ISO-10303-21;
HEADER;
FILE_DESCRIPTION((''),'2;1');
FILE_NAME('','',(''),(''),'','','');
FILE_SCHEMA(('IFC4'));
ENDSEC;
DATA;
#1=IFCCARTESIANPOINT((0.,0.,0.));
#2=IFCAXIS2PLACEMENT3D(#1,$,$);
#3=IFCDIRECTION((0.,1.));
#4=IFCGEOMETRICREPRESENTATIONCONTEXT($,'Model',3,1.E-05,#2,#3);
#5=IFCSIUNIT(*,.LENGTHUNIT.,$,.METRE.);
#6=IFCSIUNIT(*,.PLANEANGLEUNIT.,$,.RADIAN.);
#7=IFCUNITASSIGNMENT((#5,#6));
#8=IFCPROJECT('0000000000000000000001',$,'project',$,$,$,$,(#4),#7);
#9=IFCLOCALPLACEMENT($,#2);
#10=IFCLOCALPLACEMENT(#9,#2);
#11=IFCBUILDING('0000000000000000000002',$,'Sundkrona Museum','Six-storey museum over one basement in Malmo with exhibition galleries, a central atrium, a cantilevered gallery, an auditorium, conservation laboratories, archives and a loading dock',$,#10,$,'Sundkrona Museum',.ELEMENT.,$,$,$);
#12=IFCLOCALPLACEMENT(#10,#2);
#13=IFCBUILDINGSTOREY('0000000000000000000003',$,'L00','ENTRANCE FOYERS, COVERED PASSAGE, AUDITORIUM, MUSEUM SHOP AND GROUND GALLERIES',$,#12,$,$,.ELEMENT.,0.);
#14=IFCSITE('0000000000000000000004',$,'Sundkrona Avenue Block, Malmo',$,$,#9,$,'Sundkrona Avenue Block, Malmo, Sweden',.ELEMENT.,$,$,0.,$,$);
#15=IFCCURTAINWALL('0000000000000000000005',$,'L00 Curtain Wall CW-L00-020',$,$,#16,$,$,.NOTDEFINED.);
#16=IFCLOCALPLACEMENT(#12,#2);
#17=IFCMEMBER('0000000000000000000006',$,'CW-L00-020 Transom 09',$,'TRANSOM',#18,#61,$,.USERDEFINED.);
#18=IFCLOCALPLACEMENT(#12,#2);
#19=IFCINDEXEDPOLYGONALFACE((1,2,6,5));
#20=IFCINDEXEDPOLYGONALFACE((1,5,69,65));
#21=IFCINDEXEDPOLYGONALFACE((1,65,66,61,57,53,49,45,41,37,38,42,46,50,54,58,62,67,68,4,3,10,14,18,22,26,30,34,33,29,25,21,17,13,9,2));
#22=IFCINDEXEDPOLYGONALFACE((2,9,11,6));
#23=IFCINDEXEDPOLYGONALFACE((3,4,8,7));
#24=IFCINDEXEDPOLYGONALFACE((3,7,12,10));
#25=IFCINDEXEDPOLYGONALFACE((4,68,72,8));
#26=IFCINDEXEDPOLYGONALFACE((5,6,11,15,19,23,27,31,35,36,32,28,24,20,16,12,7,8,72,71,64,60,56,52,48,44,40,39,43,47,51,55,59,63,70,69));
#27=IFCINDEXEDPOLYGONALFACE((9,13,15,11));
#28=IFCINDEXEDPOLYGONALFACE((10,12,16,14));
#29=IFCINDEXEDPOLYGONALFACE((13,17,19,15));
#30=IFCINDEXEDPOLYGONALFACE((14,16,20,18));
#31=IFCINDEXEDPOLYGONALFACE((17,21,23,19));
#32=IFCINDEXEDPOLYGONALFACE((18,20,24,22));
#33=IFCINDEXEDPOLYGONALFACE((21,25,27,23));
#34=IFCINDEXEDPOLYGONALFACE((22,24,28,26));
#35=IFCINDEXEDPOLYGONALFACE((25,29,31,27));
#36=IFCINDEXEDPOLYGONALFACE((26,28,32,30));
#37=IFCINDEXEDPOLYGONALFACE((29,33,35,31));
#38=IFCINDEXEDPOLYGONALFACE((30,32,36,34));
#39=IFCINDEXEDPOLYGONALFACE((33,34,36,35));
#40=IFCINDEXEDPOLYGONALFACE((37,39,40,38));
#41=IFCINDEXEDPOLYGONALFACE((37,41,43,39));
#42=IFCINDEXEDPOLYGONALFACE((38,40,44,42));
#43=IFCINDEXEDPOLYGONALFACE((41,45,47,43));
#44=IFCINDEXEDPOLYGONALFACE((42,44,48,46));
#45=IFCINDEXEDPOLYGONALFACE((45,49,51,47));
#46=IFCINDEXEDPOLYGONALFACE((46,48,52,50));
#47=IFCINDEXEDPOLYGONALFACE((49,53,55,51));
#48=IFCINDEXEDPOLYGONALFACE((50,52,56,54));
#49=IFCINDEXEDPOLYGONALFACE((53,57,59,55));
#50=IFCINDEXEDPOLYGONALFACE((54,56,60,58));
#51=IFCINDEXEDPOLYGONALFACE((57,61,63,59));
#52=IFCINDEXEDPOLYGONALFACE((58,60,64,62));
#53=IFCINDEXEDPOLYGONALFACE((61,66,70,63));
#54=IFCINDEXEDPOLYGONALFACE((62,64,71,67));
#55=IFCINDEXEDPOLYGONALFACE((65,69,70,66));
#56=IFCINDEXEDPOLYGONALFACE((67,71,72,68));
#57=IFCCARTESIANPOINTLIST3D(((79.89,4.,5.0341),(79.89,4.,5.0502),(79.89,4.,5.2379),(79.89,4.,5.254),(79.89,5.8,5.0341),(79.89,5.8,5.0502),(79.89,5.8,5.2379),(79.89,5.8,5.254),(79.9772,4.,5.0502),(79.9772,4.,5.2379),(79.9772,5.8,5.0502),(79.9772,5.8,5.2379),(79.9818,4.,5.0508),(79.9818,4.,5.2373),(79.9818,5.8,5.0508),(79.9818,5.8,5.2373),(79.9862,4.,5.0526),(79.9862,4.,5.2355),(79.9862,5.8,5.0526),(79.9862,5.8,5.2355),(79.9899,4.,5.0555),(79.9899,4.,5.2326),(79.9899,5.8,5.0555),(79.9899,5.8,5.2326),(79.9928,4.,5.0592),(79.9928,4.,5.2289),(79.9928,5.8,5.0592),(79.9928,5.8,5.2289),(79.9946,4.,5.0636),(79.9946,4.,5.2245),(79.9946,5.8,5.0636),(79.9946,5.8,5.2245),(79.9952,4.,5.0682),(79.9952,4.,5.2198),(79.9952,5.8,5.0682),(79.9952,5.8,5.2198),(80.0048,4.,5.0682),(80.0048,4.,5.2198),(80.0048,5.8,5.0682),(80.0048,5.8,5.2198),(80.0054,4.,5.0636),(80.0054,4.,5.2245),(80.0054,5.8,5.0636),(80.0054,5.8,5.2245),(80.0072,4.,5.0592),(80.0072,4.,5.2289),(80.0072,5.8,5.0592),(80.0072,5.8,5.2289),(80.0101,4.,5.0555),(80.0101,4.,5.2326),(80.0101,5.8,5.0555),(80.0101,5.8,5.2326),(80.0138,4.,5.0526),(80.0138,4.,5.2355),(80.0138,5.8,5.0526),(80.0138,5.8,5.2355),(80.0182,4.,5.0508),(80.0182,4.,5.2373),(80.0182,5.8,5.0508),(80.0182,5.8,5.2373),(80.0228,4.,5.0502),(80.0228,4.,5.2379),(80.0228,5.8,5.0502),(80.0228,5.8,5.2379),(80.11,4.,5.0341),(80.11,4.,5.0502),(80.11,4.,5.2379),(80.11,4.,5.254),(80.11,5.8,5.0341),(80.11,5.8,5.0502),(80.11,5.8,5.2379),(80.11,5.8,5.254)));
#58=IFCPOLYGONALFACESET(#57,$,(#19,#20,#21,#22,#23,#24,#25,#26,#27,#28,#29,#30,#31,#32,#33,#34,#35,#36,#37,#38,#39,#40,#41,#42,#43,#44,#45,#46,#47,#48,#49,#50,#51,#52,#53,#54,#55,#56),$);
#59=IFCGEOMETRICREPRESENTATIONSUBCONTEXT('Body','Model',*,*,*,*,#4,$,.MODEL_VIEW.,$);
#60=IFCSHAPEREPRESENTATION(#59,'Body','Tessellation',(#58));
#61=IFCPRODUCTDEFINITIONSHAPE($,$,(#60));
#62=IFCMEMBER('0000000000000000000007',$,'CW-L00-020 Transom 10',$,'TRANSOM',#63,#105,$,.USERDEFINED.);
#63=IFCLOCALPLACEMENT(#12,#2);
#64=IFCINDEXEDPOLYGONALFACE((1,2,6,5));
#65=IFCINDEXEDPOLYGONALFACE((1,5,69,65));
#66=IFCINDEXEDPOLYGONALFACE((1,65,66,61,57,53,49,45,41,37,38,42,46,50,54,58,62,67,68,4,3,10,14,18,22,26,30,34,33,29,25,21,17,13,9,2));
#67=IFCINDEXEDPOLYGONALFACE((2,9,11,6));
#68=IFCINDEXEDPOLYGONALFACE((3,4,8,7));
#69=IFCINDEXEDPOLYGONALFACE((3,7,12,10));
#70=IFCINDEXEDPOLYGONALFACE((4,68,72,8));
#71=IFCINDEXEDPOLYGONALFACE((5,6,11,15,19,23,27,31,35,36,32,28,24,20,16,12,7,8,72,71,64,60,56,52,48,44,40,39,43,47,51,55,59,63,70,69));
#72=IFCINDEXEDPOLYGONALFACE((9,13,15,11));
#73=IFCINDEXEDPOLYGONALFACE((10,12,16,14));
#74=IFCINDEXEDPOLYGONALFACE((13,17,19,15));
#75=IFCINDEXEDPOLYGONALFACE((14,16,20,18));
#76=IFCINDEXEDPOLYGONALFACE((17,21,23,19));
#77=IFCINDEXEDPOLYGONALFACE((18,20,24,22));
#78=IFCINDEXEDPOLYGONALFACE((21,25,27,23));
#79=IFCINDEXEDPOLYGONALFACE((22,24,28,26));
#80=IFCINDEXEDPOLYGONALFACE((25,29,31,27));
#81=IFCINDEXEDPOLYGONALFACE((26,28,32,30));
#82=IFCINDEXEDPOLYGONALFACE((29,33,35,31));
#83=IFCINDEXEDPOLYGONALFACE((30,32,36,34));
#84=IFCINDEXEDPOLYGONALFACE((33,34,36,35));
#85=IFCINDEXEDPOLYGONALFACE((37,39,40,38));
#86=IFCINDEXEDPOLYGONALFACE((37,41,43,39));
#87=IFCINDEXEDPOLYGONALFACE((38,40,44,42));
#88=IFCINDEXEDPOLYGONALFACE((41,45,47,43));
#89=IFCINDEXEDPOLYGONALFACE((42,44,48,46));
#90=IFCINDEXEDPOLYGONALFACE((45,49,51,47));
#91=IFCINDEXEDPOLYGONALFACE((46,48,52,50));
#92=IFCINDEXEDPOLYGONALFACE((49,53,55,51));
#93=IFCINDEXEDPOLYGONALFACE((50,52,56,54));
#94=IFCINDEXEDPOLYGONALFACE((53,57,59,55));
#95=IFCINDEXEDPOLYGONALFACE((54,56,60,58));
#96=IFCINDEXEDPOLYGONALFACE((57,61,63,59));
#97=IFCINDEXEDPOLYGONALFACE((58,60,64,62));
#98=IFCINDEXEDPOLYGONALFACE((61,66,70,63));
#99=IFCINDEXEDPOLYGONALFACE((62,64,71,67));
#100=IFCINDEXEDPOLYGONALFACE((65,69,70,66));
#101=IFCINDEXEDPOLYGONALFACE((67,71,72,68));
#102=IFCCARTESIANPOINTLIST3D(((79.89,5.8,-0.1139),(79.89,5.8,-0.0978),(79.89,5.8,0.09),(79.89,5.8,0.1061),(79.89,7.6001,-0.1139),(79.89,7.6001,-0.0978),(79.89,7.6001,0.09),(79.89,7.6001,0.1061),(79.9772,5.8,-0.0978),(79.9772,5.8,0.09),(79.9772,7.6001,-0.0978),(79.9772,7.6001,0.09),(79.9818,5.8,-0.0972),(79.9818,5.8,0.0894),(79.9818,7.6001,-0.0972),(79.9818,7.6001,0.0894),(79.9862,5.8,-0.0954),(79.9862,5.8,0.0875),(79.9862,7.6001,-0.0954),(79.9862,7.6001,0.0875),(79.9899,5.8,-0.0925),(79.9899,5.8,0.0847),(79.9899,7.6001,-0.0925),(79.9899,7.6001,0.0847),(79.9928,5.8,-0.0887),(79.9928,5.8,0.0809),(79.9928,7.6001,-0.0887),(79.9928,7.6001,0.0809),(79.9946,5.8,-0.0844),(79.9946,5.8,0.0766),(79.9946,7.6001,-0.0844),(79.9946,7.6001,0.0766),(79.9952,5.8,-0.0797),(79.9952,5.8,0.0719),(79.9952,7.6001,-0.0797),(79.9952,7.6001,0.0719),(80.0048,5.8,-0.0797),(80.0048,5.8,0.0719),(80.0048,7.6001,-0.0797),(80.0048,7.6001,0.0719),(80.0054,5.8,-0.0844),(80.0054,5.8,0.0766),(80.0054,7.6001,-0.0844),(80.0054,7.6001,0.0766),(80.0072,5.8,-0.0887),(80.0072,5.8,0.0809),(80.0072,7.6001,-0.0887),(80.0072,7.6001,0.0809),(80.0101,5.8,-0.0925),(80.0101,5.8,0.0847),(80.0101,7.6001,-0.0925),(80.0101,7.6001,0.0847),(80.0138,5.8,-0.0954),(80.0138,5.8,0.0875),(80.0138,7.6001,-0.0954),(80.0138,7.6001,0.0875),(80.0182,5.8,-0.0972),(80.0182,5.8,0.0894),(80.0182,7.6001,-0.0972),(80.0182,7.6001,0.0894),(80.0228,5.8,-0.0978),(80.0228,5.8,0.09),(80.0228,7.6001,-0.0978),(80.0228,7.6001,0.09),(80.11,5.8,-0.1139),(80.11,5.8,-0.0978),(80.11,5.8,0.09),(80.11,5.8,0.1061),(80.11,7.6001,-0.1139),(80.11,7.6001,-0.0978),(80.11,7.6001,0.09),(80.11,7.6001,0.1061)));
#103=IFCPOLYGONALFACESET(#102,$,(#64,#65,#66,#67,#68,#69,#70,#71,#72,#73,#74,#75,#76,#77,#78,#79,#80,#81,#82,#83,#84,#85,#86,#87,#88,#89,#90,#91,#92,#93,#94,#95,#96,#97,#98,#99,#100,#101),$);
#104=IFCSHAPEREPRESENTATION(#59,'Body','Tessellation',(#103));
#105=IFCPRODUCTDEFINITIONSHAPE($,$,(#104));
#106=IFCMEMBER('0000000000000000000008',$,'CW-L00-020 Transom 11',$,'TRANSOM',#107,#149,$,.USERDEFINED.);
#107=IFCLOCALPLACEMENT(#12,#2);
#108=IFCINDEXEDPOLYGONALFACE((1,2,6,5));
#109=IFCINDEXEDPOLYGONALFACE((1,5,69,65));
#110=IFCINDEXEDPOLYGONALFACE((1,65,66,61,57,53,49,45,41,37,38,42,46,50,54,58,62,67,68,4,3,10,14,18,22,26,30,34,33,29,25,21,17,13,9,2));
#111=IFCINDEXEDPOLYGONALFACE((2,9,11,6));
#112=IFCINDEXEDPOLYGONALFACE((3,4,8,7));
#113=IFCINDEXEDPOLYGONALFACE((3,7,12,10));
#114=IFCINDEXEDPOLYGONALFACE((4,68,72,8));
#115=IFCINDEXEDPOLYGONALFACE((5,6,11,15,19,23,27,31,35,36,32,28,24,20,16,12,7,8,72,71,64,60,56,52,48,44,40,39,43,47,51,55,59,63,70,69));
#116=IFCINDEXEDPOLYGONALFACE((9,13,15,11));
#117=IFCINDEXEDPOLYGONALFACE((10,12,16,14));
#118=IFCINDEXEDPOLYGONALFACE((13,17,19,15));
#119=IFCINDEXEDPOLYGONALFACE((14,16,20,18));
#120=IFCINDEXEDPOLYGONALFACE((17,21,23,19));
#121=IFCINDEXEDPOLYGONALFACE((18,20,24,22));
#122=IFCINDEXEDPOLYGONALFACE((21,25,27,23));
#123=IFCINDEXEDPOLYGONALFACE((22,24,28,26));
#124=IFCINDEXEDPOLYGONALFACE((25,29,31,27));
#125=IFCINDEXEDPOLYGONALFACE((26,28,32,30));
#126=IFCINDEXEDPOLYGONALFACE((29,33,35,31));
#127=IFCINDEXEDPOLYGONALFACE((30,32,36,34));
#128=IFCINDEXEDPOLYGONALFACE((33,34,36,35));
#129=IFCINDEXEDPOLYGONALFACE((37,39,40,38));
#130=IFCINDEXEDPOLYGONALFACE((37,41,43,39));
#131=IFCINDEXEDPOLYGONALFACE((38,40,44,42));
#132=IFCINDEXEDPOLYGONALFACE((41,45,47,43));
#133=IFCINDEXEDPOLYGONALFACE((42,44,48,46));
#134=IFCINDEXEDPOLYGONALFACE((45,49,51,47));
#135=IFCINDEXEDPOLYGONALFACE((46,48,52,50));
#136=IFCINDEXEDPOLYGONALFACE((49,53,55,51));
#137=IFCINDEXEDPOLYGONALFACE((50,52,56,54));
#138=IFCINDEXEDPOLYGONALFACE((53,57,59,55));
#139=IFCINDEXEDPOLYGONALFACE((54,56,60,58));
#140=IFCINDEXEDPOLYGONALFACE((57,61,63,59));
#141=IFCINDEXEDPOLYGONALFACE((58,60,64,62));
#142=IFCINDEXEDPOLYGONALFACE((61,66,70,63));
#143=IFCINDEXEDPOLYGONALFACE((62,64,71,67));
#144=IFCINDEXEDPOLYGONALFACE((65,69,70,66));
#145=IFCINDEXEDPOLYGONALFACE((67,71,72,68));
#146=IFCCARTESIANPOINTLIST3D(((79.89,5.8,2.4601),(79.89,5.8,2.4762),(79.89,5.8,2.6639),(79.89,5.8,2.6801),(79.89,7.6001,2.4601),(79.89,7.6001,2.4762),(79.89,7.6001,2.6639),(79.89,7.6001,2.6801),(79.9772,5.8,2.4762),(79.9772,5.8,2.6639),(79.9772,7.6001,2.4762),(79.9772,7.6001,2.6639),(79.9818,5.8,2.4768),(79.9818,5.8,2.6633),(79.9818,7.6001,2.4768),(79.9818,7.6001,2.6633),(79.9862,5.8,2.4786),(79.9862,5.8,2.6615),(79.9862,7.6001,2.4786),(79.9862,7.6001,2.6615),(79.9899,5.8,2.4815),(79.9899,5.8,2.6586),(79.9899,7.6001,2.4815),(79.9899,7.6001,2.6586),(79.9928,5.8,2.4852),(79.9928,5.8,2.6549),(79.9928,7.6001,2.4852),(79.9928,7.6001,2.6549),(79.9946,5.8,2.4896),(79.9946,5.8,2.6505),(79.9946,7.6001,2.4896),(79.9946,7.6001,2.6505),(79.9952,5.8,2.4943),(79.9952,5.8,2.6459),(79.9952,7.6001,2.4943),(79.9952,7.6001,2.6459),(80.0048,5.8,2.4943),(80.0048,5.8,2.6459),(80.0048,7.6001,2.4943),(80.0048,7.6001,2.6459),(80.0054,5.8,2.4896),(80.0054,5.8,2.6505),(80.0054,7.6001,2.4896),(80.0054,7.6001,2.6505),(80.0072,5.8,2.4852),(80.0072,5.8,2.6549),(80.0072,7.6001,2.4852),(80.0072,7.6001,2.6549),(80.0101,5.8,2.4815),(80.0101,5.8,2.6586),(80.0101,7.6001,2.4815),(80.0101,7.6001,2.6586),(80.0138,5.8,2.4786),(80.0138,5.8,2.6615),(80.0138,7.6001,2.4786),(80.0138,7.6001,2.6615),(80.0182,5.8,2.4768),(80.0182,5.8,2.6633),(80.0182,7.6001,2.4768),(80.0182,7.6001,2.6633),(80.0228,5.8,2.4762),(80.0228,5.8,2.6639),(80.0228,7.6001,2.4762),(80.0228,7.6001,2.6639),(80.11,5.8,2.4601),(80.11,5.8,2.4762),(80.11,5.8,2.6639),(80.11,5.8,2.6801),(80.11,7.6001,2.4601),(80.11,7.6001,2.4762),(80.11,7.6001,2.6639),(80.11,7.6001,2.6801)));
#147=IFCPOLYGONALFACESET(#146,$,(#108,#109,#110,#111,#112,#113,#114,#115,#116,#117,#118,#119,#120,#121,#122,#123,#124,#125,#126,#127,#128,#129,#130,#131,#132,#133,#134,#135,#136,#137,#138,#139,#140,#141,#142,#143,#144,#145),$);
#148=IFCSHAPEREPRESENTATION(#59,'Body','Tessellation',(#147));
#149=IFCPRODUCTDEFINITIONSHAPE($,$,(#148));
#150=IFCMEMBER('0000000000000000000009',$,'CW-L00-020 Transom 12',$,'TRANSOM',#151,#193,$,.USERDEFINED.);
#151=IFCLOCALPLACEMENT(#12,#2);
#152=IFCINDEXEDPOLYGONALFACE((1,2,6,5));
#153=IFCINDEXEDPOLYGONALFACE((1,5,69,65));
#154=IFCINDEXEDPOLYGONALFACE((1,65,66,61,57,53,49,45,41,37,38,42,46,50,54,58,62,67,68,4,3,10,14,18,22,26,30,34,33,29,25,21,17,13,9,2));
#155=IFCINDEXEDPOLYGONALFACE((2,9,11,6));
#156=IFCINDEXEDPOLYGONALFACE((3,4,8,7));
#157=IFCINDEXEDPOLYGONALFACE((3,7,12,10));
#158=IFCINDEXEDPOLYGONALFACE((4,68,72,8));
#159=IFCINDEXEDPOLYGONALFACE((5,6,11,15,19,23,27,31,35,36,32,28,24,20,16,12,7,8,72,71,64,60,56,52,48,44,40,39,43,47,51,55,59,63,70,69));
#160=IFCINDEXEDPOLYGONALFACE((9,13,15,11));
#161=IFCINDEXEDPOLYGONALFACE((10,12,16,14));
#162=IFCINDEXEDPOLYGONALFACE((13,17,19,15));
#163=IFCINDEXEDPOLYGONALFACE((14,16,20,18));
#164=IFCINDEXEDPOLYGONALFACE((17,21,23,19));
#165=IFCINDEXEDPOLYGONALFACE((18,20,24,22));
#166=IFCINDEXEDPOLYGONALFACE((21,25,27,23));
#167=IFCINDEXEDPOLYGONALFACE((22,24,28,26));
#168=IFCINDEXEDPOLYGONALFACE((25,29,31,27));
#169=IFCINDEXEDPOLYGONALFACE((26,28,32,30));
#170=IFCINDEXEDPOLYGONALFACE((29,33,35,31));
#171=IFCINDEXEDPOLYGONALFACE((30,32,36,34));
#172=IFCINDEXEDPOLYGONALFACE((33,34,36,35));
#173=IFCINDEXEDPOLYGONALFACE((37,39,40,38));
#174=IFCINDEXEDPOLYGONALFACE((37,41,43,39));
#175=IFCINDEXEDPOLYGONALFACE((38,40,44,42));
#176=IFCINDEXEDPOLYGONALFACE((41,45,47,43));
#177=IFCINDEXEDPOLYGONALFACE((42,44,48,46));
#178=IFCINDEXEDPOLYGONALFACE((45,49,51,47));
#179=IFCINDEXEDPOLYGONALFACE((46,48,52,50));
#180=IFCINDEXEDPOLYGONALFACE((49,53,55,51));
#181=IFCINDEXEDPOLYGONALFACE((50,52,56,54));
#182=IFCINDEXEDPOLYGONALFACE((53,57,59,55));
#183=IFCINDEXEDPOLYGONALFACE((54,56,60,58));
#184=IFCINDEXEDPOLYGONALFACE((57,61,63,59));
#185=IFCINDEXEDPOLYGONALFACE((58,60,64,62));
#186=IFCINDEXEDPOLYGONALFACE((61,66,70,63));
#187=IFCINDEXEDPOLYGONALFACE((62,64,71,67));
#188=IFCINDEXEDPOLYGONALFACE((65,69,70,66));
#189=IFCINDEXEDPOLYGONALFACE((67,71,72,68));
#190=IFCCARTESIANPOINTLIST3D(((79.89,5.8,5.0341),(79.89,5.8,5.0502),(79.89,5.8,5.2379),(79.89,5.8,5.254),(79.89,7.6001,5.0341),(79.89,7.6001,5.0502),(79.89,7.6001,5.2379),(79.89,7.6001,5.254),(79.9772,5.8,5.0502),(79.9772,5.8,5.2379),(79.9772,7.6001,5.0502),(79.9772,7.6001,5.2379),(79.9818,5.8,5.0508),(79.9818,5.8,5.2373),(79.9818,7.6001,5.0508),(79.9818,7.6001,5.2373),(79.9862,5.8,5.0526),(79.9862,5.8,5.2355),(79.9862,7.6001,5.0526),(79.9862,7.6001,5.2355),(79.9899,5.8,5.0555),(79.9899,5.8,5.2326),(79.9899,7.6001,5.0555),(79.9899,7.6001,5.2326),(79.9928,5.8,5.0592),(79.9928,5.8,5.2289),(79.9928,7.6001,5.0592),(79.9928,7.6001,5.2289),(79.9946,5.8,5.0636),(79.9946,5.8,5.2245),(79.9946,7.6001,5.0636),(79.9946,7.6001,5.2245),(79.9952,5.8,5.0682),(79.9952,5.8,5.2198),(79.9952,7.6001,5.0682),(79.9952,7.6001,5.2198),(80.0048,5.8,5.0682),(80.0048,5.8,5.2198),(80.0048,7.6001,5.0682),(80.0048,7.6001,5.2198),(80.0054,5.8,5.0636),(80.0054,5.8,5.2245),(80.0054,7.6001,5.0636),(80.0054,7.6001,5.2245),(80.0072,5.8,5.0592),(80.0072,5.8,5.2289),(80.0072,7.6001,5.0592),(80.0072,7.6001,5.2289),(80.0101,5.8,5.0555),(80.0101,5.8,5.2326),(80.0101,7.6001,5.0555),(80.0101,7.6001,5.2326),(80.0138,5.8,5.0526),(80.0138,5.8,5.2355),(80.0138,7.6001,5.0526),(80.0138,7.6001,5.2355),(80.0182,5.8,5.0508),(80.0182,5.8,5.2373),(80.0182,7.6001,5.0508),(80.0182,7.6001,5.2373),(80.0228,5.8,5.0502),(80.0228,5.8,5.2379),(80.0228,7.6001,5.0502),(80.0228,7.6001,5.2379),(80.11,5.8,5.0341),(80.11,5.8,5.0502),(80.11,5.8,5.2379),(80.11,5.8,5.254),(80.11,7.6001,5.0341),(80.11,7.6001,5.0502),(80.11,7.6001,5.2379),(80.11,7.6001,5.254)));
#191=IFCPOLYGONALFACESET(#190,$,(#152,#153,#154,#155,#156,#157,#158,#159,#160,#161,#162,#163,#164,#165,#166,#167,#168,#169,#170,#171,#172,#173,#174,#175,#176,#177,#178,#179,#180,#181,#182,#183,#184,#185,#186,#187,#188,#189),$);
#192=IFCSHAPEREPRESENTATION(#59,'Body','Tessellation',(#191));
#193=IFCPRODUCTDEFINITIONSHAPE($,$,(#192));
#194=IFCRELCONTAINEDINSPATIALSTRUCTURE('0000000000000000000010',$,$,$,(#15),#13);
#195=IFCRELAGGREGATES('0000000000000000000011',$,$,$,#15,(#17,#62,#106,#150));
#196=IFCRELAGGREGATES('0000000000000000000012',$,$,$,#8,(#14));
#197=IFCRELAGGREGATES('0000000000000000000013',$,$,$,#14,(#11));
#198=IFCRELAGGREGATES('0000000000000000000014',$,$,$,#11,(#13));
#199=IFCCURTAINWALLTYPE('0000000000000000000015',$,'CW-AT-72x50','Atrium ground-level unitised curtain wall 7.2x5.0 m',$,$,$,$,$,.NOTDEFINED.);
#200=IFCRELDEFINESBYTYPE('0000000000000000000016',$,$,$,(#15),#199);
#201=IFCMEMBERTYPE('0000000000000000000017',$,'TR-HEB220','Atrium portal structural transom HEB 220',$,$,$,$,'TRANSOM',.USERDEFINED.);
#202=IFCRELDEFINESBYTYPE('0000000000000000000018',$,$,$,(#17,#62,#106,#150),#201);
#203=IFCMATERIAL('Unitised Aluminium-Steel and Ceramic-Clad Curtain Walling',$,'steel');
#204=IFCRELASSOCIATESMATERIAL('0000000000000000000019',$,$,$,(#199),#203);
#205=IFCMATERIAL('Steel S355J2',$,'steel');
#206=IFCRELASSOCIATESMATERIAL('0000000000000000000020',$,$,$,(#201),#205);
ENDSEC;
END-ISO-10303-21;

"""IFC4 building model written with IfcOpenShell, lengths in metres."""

from ifc_helpers import new_model, si_unit, direction, frame, origin, origin_2d, place, context, subcontext, project, spatial, i_section, extrude, material, material_profile, profile_set, type_object, element, aggregate, save


model = new_model("IFC4")

# Units and contexts
model_context = context("Model", 3, precision=1e-05, world=origin(), true_north=direction((0.0, 1.0)))
body_context = subcontext(model_context, "Body", "Model", "MODEL_VIEW")
ifc_project = project(units=[si_unit("LENGTHUNIT", "METRE"), si_unit("PLANEANGLEUNIT", "RADIAN")], contexts=[model_context])

# Site, building, storey
site_placement = place(None, origin())
site = spatial("IfcSite", under=ifc_project, at=site_placement, Name="Sundkrona Avenue Block, Malmo", LongName="Sundkrona Avenue Block, Malmo, Sweden", CompositionType="ELEMENT", RefElevation=0.0)
building_placement = place(site_placement, origin())
building = spatial("IfcBuilding", under=site, at=building_placement, Name="Sundkrona Museum", Description="Six-storey museum over one basement in Malmo with exhibition galleries, a central atrium, a cantilevered gallery, an auditorium, conservation laboratories, archives and a loading dock", LongName="Sundkrona Museum", CompositionType="ELEMENT")
storey_placement = place(building_placement, origin())
storey = spatial("IfcBuildingStorey", under=building, at=storey_placement, Name="L00", Description="ENTRANCE FOYERS, COVERED PASSAGE, AUDITORIUM, MUSEUM SHOP AND GROUND GALLERIES", CompositionType="ELEMENT", Elevation=0.0)

# Shared definitions
ifc_material_1 = material(Name="Steel S355J2", Category="steel")

# Curtain wall
ifc_material_2 = material(Name="Unitised Aluminium-Steel and Ceramic-Clad Curtain Walling", Category="steel")
curtain_wall_type = type_object("IfcCurtainWallType", Name="CW-AT-72x50", Description="Atrium ground-level unitised curtain wall 7.2x5.0 m", PredefinedType="NOTDEFINED", material=ifc_material_2)
curtain_wall_1_placement = place(storey_placement, origin())
curtain_wall_1 = element("IfcCurtainWall", 1, at=curtain_wall_1_placement, inside=storey, type_object=curtain_wall_type, Name="L00 Curtain Wall CW-L00-020", PredefinedType="NOTDEFINED")

# Members
ifc_material_profile_1 = material_profile(ifc_material_1, i_section(OverallWidth=0.22, OverallDepth=0.22, WebThickness=0.0095, FlangeThickness=0.0161, FilletRadius=0.0181, at=origin_2d()), Name="HEB 220")
ifc_profile_set_1 = profile_set([ifc_material_profile_1], Name="Steel S355J2")
member_type_1 = type_object("IfcMemberType", Name="TR-HEB220", Description="Atrium portal structural transom HEB 220", ElementType="TRANSOM", PredefinedType="USERDEFINED", material=ifc_profile_set_1)
member_1_placement = place(storey_placement, frame((80.0, 4.0, 5.144), z_axis=(0.0, 1.0, 0.0), x_axis=(-1.0, 0.0, 0.0)))
member_1 = element("IfcMember", 2, at=member_1_placement, type_object=member_type_1, Name="CW-L00-020 Transom 09", ObjectType="TRANSOM", PredefinedType="USERDEFINED", context=body_context, shape_type="SweptSolid", body=[
    extrude(i_section(OverallWidth=0.22, OverallDepth=0.22, WebThickness=0.0095, FlangeThickness=0.0161, FilletRadius=0.0181, at=origin_2d()), origin(), (0.0, 0.0, 1.0), 1.8),
])
member_2_placement = place(storey_placement, frame((80.0, 5.8, -0.0039), z_axis=(0.0, 1.0, 0.0), x_axis=(-1.0, 0.0, 0.0)))
member_2 = element("IfcMember", 3, at=member_2_placement, type_object=member_type_1, Name="CW-L00-020 Transom 10", ObjectType="TRANSOM", PredefinedType="USERDEFINED", context=body_context, shape_type="SweptSolid", body=[
    extrude(i_section(OverallWidth=0.22, OverallDepth=0.22, WebThickness=0.0095, FlangeThickness=0.0161, FilletRadius=0.0181, at=origin_2d()), origin(), (0.0, 0.0, 1.0), 1.8),
])
member_3_placement = place(storey_placement, frame((80.0, 5.8, 2.5701), z_axis=(0.0, 1.0, 0.0), x_axis=(-1.0, 0.0, 0.0)))
member_3 = element("IfcMember", 4, at=member_3_placement, type_object=member_type_1, Name="CW-L00-020 Transom 11", ObjectType="TRANSOM", PredefinedType="USERDEFINED", context=body_context, shape_type="SweptSolid", body=[
    extrude(i_section(OverallWidth=0.22, OverallDepth=0.22, WebThickness=0.0095, FlangeThickness=0.0161, FilletRadius=0.0181, at=origin_2d()), origin(), (0.0, 0.0, 1.0), 1.8),
])
member_4_placement = place(storey_placement, frame((80.0, 5.8, 5.144), z_axis=(0.0, 1.0, 0.0), x_axis=(-1.0, 0.0, 0.0)))
member_4 = element("IfcMember", 5, at=member_4_placement, type_object=member_type_1, Name="CW-L00-020 Transom 12", ObjectType="TRANSOM", PredefinedType="USERDEFINED", context=body_context, shape_type="SweptSolid", body=[
    extrude(i_section(OverallWidth=0.22, OverallDepth=0.22, WebThickness=0.0095, FlangeThickness=0.0161, FilletRadius=0.0181, at=origin_2d()), origin(), (0.0, 0.0, 1.0), 1.8),
])

aggregate(curtain_wall_1, [member_1, member_2, member_3, member_4])

save(model, "model.ifc")
